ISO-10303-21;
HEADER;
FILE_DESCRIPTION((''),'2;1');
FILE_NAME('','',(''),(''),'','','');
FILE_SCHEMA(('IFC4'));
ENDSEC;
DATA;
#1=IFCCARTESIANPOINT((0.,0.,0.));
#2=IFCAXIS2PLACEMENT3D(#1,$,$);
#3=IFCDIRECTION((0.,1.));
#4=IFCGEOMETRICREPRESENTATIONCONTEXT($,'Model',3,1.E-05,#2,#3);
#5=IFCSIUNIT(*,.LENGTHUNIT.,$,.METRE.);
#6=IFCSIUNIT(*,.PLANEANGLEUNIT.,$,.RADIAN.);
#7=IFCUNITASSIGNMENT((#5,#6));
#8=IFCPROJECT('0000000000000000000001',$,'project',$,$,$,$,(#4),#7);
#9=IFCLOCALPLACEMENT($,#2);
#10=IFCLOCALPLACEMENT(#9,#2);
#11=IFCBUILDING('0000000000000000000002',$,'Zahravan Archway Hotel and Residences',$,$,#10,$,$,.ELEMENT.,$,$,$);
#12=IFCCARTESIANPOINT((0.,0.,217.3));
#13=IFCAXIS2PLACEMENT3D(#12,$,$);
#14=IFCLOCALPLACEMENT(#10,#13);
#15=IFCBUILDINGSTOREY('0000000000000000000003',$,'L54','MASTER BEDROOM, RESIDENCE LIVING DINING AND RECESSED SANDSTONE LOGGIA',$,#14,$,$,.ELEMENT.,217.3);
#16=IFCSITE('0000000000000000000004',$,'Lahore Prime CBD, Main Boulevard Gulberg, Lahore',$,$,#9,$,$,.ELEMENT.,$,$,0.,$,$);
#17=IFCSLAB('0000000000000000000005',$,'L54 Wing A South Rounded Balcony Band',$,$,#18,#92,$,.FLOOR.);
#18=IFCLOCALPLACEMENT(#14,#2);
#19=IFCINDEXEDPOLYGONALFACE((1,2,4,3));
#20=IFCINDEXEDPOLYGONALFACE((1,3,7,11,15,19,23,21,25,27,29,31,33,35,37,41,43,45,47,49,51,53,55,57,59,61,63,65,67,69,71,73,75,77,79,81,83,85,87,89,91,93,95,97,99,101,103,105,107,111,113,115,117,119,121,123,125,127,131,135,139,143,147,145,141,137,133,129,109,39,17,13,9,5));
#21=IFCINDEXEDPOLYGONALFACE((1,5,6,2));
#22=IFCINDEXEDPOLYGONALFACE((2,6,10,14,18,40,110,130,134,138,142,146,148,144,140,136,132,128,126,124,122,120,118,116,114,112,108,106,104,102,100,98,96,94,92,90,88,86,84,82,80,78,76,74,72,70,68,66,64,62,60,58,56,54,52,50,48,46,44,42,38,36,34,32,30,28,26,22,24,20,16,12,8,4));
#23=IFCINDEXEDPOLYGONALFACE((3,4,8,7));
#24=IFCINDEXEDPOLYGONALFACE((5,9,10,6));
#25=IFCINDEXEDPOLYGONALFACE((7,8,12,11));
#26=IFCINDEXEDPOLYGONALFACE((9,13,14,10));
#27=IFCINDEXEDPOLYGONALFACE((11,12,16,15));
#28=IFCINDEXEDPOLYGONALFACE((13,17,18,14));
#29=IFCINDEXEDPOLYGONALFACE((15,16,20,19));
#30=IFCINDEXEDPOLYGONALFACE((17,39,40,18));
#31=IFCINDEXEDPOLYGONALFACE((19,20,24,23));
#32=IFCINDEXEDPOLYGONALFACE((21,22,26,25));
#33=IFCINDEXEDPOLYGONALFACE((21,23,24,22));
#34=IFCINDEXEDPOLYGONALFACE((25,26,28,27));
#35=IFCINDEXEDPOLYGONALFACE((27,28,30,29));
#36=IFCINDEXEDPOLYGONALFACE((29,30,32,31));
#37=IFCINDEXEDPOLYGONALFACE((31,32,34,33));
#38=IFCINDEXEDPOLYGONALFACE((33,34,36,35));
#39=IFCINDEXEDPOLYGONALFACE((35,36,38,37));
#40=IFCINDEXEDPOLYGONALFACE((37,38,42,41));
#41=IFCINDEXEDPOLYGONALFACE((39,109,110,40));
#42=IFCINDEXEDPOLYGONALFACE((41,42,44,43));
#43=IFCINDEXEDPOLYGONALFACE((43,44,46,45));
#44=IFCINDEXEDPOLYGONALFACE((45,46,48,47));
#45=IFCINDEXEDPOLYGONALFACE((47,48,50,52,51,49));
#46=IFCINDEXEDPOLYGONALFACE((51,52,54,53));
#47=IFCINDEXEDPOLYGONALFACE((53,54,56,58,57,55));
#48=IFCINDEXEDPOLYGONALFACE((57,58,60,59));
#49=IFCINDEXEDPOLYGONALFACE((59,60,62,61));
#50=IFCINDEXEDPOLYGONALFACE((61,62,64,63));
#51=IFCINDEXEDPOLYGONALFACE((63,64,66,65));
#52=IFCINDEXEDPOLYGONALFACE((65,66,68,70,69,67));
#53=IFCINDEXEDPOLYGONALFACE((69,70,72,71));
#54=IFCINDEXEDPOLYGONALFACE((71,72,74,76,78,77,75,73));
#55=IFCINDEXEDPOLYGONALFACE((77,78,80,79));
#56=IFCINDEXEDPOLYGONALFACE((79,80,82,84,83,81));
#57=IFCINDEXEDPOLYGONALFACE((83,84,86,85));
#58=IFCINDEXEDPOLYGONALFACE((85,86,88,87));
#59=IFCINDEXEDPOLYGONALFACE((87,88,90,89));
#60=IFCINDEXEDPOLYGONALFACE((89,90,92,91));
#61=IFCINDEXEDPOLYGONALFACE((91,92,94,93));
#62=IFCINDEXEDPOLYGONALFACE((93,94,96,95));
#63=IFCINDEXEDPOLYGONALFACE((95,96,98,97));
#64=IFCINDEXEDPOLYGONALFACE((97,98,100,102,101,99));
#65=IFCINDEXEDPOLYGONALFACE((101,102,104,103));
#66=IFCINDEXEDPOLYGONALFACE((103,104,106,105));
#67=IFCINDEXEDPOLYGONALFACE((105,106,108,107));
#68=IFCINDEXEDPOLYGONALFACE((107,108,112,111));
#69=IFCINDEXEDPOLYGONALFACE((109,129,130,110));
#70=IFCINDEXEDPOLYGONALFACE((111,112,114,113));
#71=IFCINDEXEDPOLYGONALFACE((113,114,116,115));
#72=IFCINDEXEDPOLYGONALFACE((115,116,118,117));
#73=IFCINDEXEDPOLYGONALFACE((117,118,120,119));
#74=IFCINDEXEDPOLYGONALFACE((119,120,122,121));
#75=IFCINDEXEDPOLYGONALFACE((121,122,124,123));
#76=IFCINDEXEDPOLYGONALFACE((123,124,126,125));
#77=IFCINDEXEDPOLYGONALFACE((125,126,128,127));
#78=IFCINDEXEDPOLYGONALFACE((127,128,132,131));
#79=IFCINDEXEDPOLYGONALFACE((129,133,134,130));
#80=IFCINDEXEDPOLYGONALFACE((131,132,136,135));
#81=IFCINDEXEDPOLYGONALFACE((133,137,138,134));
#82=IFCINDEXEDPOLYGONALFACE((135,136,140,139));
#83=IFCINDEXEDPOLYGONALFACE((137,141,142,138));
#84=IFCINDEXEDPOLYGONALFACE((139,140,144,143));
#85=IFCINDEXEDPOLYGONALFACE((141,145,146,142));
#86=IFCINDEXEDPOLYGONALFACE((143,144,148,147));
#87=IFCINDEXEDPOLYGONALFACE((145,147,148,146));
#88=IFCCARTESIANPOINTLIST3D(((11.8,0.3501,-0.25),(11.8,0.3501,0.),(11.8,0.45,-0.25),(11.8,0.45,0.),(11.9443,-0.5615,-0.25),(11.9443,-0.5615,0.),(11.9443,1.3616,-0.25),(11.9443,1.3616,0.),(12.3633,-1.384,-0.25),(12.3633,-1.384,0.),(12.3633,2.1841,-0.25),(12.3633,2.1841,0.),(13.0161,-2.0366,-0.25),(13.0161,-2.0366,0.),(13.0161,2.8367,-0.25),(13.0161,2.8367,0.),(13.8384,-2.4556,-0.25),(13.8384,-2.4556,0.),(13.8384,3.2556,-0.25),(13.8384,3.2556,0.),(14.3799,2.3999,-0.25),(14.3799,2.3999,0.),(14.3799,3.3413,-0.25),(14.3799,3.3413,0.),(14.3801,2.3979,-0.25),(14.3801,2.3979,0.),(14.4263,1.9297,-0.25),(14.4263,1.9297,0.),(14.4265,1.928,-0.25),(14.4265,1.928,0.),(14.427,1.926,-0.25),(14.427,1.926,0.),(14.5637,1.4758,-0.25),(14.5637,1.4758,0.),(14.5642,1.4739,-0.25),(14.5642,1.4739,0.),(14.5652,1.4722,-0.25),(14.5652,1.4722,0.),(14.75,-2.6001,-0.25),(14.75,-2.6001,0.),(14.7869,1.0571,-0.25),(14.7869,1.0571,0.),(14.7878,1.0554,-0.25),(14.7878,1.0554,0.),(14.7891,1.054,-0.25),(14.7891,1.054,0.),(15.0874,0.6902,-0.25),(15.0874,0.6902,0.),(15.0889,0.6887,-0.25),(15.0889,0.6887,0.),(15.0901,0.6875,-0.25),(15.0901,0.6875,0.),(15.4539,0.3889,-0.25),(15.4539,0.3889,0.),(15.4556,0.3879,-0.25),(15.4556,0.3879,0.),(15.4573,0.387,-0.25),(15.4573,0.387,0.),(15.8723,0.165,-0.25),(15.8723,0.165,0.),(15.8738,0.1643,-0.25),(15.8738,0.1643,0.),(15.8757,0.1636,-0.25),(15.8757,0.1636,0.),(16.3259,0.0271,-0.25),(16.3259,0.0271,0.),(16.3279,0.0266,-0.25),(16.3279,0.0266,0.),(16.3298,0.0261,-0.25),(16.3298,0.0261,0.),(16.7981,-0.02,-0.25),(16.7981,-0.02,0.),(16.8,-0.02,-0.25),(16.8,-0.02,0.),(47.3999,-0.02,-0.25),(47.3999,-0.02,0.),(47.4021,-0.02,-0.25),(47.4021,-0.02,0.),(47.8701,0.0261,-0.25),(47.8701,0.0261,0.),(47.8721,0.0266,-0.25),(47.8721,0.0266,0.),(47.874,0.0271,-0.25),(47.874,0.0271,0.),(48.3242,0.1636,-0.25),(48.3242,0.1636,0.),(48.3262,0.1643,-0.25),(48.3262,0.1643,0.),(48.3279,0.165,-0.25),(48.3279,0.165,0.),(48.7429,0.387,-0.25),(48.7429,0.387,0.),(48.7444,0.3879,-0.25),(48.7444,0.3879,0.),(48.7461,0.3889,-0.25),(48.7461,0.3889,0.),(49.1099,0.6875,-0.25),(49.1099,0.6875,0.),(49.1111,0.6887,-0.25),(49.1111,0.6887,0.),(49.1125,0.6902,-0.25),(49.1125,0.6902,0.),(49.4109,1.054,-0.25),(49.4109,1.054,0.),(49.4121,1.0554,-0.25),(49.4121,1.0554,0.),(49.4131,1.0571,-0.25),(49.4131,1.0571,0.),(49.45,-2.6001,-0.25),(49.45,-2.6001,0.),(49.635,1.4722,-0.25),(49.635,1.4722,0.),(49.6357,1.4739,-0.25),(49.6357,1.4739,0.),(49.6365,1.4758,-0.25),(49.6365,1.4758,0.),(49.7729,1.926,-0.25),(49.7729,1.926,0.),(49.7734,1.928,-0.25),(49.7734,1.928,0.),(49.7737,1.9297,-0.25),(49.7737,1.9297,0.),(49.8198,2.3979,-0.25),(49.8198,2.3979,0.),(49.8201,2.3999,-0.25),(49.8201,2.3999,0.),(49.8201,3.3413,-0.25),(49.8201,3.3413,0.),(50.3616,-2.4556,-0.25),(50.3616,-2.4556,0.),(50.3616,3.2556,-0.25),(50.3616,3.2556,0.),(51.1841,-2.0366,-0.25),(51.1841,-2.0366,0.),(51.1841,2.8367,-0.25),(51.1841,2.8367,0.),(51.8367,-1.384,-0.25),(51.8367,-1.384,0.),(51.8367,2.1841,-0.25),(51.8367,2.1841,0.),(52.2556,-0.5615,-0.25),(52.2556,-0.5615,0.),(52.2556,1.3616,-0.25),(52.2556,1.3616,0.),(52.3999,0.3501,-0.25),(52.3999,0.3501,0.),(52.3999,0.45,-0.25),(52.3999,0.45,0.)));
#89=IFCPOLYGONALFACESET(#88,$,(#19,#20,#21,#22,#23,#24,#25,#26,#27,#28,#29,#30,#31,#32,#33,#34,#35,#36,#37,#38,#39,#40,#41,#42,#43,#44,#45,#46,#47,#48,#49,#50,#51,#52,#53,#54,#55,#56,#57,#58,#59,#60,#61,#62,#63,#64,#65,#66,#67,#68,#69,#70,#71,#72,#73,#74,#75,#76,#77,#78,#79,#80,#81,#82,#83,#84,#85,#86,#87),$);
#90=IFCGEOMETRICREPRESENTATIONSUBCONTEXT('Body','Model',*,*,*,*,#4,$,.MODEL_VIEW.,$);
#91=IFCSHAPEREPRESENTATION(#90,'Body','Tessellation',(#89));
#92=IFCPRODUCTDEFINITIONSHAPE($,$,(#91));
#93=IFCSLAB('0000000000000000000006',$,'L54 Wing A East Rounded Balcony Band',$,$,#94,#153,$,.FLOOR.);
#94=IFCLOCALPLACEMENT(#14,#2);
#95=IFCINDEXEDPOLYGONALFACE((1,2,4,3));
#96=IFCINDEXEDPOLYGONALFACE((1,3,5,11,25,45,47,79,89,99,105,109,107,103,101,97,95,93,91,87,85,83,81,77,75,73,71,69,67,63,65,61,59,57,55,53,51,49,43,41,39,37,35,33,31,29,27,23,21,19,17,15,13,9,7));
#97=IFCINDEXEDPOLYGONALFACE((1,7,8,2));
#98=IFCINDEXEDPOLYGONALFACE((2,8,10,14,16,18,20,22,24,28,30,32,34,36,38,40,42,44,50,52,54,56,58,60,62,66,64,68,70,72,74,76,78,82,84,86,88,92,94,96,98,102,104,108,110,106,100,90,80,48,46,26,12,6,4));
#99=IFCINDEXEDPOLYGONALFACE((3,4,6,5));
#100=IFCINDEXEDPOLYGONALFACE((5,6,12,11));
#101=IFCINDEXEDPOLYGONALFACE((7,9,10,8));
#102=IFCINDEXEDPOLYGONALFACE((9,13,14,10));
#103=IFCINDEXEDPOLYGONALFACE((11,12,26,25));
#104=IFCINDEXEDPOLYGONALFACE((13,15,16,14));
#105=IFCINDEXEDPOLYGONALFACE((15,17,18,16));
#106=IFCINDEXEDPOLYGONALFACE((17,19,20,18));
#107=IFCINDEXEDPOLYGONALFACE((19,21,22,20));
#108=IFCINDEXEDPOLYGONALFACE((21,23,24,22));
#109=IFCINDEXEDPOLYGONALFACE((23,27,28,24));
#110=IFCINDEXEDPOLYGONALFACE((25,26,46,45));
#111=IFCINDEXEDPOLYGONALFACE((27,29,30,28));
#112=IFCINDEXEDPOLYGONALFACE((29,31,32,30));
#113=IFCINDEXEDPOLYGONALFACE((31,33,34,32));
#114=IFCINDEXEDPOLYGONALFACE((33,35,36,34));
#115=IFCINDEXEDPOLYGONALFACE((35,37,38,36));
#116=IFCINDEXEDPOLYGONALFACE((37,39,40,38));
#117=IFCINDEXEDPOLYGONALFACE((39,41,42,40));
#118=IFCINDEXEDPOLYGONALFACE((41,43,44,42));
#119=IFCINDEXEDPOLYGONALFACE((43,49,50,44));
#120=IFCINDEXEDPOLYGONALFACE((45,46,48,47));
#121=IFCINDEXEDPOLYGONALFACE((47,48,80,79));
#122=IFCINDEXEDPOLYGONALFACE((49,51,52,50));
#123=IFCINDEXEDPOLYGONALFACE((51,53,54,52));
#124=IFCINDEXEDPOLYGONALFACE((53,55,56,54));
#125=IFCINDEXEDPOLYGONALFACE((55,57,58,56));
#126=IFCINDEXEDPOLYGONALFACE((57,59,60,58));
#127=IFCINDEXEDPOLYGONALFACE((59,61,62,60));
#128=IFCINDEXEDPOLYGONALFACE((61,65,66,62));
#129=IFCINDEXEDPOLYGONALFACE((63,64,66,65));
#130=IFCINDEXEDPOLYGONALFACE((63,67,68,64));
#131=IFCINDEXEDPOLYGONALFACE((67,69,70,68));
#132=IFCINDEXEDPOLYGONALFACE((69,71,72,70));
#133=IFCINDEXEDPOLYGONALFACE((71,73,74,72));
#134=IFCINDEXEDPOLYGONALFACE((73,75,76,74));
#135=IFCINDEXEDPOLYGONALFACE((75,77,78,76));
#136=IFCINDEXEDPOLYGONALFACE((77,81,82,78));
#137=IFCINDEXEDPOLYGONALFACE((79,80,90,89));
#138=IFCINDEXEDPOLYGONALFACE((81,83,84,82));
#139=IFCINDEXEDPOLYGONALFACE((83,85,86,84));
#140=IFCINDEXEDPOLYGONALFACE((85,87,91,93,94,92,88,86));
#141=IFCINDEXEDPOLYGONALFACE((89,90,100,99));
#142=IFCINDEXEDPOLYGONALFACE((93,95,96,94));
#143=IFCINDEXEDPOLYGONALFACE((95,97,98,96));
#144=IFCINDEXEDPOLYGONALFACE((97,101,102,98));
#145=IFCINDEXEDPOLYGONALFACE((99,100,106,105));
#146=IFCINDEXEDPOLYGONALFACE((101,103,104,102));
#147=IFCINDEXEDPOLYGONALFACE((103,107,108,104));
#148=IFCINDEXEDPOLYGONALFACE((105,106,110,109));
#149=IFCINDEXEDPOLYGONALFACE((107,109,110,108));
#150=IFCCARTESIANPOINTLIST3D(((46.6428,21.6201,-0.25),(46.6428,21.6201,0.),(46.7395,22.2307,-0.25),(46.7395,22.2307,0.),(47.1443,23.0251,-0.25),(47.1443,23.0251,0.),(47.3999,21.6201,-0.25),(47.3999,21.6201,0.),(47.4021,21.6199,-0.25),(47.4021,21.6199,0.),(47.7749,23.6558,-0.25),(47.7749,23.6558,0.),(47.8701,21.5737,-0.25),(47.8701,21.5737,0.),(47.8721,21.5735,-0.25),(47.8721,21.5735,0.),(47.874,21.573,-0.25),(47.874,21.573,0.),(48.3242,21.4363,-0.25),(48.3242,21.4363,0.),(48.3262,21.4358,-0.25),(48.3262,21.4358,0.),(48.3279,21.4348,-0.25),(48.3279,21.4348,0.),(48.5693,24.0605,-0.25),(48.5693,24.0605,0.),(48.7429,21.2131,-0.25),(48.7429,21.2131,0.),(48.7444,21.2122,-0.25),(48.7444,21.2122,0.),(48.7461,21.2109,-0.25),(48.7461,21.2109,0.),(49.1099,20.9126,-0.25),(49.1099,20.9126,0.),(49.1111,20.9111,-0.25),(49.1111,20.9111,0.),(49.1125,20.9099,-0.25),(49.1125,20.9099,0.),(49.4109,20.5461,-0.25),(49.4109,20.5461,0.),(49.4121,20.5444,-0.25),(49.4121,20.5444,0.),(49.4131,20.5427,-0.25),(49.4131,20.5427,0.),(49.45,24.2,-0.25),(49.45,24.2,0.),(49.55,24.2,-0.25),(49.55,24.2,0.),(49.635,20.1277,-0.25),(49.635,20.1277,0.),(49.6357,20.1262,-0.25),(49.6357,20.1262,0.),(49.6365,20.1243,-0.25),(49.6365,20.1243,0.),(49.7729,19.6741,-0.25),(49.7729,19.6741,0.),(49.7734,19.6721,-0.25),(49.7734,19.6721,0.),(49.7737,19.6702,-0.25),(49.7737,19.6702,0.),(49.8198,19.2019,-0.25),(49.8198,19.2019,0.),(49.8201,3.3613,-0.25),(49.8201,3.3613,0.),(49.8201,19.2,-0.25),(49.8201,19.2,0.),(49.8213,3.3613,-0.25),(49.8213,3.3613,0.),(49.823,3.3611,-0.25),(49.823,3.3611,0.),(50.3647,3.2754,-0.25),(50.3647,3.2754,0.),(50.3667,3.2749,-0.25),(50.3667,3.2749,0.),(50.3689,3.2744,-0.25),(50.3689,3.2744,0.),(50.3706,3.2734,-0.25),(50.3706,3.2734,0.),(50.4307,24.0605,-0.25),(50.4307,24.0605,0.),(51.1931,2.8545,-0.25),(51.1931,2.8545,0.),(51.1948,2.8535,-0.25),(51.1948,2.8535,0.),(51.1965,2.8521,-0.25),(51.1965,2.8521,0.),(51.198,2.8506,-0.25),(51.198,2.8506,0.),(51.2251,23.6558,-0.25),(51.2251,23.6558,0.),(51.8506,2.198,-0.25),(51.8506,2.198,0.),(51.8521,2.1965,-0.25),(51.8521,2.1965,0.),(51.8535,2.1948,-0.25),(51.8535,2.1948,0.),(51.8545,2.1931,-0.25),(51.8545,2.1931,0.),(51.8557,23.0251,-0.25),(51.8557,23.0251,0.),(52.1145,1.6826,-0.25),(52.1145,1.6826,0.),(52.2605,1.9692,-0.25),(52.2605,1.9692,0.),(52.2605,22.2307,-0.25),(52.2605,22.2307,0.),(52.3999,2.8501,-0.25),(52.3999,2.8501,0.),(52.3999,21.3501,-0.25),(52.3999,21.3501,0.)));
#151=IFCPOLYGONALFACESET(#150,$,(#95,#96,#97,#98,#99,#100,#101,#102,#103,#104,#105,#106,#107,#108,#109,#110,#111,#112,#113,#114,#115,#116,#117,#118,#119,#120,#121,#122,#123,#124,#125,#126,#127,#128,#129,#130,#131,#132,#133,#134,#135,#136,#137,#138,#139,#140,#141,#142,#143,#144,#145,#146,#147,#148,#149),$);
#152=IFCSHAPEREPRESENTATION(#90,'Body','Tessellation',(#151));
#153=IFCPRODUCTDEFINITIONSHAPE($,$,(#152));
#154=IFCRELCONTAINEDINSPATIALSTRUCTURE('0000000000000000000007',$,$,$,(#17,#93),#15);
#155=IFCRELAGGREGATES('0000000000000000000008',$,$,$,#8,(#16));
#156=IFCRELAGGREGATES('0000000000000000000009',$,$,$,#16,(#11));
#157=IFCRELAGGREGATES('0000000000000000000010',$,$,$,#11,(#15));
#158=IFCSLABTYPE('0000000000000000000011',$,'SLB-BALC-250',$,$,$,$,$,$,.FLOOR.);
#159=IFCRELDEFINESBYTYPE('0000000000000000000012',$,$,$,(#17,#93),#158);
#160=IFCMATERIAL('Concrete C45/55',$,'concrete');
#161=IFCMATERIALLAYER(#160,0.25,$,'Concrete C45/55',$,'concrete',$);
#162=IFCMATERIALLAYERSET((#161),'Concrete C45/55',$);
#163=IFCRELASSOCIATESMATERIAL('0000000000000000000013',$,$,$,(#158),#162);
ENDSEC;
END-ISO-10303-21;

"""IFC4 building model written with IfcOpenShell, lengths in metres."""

from ifc_helpers import new_model, si_unit, direction, frame, origin, place, context, subcontext, project, spatial, polyline, outline, extrude, material, layer, layer_set, type_object, element, save


model = new_model("IFC4")

# Units and contexts
model_context = context("Model", 3, precision=1e-05, world=origin(), true_north=direction((0.0, 1.0)))
body_context = subcontext(model_context, "Body", "Model", "MODEL_VIEW")
ifc_project = project(units=[si_unit("LENGTHUNIT", "METRE"), si_unit("PLANEANGLEUNIT", "RADIAN")], contexts=[model_context])

# Site, building, storey
site_placement = place(None, origin())
site = spatial("IfcSite", under=ifc_project, at=site_placement, Name="Lahore Prime CBD, Main Boulevard Gulberg, Lahore", CompositionType="ELEMENT", RefElevation=0.0)
building_placement = place(site_placement, origin())
building = spatial("IfcBuilding", under=site, at=building_placement, Name="Zahravan Archway Hotel and Residences", CompositionType="ELEMENT")
storey_placement = place(building_placement, frame((0.0, 0.0, 217.3)))
storey = spatial("IfcBuildingStorey", under=building, at=storey_placement, Name="L54", Description="MASTER BEDROOM, RESIDENCE LIVING DINING AND RECESSED SANDSTONE LOGGIA", CompositionType="ELEMENT", Elevation=217.3)

# Slabs
ifc_material_1 = material(Name="Concrete C45/55", Category="concrete")
ifc_layer_1 = layer(ifc_material_1, 0.25, Name="Concrete C45/55", Category="concrete")
ifc_layer_set_1 = layer_set([ifc_layer_1], Name="Concrete C45/55")
slab_type_1 = type_object("IfcSlabType", Name="SLB-BALC-250", PredefinedType="FLOOR", material=ifc_layer_set_1)
slab_1_placement = place(storey_placement, frame((0.0, 0.0, -0.25)))
element("IfcSlab", 1, at=slab_1_placement, inside=storey, type_object=slab_type_1, Name="L54 Wing A South Rounded Balcony Band", PredefinedType="FLOOR", context=body_context, shape_type="SweptSolid", body=[
    extrude(outline(polyline([(50.3616, 3.2556), (51.1841, 2.8367), (51.8367, 2.1841), (52.2556, 1.3616), (52.3999, 0.45), (52.3999, 0.3501), (52.2556, -0.5615), (51.8367, -1.384), (51.1841, -2.0366), (50.3616, -2.4556), (49.45, -2.6001), (14.75, -2.6001), (13.8384, -2.4556), (13.0161, -2.0366), (12.3633, -1.384), (11.9443, -0.5615), (11.8, 0.3501), (11.8, 0.45), (11.9443, 1.3616), (12.3633, 2.1841), (13.0161, 2.8367), (13.8384, 3.2556), (14.3799, 3.3413), (14.3799, 2.3999), (14.3801, 2.3979), (14.4263, 1.9297), (14.4265, 1.928), (14.427, 1.926), (14.5637, 1.4758), (14.5642, 1.4739), (14.5652, 1.4722), (14.7869, 1.0571), (14.7878, 1.0554), (14.7891, 1.054), (15.0874, 0.6902), (15.0889, 0.6887), (15.0901, 0.6875), (15.4539, 0.3889), (15.4556, 0.3879), (15.4573, 0.387), (15.8723, 0.165), (15.8738, 0.1643), (15.8757, 0.1636), (16.3259, 0.0271), (16.3279, 0.0266), (16.3298, 0.0261), (16.7981, -0.02), (16.8, -0.02), (47.3999, -0.02), (47.4021, -0.02), (47.8701, 0.0261), (47.8721, 0.0266), (47.874, 0.0271), (48.3242, 0.1636), (48.3262, 0.1643), (48.3279, 0.165), (48.7429, 0.387), (48.7444, 0.3879), (48.7461, 0.3889), (49.1099, 0.6875), (49.1111, 0.6887), (49.1125, 0.6902), (49.4109, 1.054), (49.4121, 1.0554), (49.4131, 1.0571), (49.635, 1.4722), (49.6357, 1.4739), (49.6365, 1.4758), (49.7729, 1.926), (49.7734, 1.928), (49.7737, 1.9297), (49.8198, 2.3979), (49.8201, 2.3999), (49.8201, 3.3413), (50.3616, 3.2556)])), origin(), (0.0, 0.0, 1.0), 0.25),
])
slab_2_placement = place(storey_placement, frame((0.0, 0.0, -0.25)))
element("IfcSlab", 2, at=slab_2_placement, inside=storey, type_object=slab_type_1, Name="L54 Wing A East Rounded Balcony Band", PredefinedType="FLOOR", context=body_context, shape_type="SweptSolid", body=[
    extrude(outline(polyline([(46.7395, 22.2307), (47.1443, 23.0251), (47.7749, 23.6558), (48.5693, 24.0605), (49.45, 24.2), (49.55, 24.2), (50.4307, 24.0605), (51.2251, 23.6558), (51.8557, 23.0251), (52.2605, 22.2307), (52.3999, 21.3501), (52.3999, 2.8501), (52.2605, 1.9692), (52.1145, 1.6826), (51.8545, 2.1931), (51.8535, 2.1948), (51.8521, 2.1965), (51.8506, 2.198), (51.198, 2.8506), (51.1965, 2.8521), (51.1948, 2.8535), (51.1931, 2.8545), (50.3706, 3.2734), (50.3689, 3.2744), (50.3667, 3.2749), (50.3647, 3.2754), (49.823, 3.3611), (49.8213, 3.3613), (49.8201, 3.3613), (49.8201, 19.2), (49.8198, 19.2019), (49.7737, 19.6702), (49.7734, 19.6721), (49.7729, 19.6741), (49.6365, 20.1243), (49.6357, 20.1262), (49.635, 20.1277), (49.4131, 20.5427), (49.4121, 20.5444), (49.4109, 20.5461), (49.1125, 20.9099), (49.1111, 20.9111), (49.1099, 20.9126), (48.7461, 21.2109), (48.7444, 21.2122), (48.7429, 21.2131), (48.3279, 21.4348), (48.3262, 21.4358), (48.3242, 21.4363), (47.874, 21.573), (47.8721, 21.5735), (47.8701, 21.5737), (47.4021, 21.6199), (47.3999, 21.6201), (46.6428, 21.6201), (46.7395, 22.2307)])), origin(), (0.0, 0.0, 1.0), 0.25),
])

save(model, "model.ifc")
